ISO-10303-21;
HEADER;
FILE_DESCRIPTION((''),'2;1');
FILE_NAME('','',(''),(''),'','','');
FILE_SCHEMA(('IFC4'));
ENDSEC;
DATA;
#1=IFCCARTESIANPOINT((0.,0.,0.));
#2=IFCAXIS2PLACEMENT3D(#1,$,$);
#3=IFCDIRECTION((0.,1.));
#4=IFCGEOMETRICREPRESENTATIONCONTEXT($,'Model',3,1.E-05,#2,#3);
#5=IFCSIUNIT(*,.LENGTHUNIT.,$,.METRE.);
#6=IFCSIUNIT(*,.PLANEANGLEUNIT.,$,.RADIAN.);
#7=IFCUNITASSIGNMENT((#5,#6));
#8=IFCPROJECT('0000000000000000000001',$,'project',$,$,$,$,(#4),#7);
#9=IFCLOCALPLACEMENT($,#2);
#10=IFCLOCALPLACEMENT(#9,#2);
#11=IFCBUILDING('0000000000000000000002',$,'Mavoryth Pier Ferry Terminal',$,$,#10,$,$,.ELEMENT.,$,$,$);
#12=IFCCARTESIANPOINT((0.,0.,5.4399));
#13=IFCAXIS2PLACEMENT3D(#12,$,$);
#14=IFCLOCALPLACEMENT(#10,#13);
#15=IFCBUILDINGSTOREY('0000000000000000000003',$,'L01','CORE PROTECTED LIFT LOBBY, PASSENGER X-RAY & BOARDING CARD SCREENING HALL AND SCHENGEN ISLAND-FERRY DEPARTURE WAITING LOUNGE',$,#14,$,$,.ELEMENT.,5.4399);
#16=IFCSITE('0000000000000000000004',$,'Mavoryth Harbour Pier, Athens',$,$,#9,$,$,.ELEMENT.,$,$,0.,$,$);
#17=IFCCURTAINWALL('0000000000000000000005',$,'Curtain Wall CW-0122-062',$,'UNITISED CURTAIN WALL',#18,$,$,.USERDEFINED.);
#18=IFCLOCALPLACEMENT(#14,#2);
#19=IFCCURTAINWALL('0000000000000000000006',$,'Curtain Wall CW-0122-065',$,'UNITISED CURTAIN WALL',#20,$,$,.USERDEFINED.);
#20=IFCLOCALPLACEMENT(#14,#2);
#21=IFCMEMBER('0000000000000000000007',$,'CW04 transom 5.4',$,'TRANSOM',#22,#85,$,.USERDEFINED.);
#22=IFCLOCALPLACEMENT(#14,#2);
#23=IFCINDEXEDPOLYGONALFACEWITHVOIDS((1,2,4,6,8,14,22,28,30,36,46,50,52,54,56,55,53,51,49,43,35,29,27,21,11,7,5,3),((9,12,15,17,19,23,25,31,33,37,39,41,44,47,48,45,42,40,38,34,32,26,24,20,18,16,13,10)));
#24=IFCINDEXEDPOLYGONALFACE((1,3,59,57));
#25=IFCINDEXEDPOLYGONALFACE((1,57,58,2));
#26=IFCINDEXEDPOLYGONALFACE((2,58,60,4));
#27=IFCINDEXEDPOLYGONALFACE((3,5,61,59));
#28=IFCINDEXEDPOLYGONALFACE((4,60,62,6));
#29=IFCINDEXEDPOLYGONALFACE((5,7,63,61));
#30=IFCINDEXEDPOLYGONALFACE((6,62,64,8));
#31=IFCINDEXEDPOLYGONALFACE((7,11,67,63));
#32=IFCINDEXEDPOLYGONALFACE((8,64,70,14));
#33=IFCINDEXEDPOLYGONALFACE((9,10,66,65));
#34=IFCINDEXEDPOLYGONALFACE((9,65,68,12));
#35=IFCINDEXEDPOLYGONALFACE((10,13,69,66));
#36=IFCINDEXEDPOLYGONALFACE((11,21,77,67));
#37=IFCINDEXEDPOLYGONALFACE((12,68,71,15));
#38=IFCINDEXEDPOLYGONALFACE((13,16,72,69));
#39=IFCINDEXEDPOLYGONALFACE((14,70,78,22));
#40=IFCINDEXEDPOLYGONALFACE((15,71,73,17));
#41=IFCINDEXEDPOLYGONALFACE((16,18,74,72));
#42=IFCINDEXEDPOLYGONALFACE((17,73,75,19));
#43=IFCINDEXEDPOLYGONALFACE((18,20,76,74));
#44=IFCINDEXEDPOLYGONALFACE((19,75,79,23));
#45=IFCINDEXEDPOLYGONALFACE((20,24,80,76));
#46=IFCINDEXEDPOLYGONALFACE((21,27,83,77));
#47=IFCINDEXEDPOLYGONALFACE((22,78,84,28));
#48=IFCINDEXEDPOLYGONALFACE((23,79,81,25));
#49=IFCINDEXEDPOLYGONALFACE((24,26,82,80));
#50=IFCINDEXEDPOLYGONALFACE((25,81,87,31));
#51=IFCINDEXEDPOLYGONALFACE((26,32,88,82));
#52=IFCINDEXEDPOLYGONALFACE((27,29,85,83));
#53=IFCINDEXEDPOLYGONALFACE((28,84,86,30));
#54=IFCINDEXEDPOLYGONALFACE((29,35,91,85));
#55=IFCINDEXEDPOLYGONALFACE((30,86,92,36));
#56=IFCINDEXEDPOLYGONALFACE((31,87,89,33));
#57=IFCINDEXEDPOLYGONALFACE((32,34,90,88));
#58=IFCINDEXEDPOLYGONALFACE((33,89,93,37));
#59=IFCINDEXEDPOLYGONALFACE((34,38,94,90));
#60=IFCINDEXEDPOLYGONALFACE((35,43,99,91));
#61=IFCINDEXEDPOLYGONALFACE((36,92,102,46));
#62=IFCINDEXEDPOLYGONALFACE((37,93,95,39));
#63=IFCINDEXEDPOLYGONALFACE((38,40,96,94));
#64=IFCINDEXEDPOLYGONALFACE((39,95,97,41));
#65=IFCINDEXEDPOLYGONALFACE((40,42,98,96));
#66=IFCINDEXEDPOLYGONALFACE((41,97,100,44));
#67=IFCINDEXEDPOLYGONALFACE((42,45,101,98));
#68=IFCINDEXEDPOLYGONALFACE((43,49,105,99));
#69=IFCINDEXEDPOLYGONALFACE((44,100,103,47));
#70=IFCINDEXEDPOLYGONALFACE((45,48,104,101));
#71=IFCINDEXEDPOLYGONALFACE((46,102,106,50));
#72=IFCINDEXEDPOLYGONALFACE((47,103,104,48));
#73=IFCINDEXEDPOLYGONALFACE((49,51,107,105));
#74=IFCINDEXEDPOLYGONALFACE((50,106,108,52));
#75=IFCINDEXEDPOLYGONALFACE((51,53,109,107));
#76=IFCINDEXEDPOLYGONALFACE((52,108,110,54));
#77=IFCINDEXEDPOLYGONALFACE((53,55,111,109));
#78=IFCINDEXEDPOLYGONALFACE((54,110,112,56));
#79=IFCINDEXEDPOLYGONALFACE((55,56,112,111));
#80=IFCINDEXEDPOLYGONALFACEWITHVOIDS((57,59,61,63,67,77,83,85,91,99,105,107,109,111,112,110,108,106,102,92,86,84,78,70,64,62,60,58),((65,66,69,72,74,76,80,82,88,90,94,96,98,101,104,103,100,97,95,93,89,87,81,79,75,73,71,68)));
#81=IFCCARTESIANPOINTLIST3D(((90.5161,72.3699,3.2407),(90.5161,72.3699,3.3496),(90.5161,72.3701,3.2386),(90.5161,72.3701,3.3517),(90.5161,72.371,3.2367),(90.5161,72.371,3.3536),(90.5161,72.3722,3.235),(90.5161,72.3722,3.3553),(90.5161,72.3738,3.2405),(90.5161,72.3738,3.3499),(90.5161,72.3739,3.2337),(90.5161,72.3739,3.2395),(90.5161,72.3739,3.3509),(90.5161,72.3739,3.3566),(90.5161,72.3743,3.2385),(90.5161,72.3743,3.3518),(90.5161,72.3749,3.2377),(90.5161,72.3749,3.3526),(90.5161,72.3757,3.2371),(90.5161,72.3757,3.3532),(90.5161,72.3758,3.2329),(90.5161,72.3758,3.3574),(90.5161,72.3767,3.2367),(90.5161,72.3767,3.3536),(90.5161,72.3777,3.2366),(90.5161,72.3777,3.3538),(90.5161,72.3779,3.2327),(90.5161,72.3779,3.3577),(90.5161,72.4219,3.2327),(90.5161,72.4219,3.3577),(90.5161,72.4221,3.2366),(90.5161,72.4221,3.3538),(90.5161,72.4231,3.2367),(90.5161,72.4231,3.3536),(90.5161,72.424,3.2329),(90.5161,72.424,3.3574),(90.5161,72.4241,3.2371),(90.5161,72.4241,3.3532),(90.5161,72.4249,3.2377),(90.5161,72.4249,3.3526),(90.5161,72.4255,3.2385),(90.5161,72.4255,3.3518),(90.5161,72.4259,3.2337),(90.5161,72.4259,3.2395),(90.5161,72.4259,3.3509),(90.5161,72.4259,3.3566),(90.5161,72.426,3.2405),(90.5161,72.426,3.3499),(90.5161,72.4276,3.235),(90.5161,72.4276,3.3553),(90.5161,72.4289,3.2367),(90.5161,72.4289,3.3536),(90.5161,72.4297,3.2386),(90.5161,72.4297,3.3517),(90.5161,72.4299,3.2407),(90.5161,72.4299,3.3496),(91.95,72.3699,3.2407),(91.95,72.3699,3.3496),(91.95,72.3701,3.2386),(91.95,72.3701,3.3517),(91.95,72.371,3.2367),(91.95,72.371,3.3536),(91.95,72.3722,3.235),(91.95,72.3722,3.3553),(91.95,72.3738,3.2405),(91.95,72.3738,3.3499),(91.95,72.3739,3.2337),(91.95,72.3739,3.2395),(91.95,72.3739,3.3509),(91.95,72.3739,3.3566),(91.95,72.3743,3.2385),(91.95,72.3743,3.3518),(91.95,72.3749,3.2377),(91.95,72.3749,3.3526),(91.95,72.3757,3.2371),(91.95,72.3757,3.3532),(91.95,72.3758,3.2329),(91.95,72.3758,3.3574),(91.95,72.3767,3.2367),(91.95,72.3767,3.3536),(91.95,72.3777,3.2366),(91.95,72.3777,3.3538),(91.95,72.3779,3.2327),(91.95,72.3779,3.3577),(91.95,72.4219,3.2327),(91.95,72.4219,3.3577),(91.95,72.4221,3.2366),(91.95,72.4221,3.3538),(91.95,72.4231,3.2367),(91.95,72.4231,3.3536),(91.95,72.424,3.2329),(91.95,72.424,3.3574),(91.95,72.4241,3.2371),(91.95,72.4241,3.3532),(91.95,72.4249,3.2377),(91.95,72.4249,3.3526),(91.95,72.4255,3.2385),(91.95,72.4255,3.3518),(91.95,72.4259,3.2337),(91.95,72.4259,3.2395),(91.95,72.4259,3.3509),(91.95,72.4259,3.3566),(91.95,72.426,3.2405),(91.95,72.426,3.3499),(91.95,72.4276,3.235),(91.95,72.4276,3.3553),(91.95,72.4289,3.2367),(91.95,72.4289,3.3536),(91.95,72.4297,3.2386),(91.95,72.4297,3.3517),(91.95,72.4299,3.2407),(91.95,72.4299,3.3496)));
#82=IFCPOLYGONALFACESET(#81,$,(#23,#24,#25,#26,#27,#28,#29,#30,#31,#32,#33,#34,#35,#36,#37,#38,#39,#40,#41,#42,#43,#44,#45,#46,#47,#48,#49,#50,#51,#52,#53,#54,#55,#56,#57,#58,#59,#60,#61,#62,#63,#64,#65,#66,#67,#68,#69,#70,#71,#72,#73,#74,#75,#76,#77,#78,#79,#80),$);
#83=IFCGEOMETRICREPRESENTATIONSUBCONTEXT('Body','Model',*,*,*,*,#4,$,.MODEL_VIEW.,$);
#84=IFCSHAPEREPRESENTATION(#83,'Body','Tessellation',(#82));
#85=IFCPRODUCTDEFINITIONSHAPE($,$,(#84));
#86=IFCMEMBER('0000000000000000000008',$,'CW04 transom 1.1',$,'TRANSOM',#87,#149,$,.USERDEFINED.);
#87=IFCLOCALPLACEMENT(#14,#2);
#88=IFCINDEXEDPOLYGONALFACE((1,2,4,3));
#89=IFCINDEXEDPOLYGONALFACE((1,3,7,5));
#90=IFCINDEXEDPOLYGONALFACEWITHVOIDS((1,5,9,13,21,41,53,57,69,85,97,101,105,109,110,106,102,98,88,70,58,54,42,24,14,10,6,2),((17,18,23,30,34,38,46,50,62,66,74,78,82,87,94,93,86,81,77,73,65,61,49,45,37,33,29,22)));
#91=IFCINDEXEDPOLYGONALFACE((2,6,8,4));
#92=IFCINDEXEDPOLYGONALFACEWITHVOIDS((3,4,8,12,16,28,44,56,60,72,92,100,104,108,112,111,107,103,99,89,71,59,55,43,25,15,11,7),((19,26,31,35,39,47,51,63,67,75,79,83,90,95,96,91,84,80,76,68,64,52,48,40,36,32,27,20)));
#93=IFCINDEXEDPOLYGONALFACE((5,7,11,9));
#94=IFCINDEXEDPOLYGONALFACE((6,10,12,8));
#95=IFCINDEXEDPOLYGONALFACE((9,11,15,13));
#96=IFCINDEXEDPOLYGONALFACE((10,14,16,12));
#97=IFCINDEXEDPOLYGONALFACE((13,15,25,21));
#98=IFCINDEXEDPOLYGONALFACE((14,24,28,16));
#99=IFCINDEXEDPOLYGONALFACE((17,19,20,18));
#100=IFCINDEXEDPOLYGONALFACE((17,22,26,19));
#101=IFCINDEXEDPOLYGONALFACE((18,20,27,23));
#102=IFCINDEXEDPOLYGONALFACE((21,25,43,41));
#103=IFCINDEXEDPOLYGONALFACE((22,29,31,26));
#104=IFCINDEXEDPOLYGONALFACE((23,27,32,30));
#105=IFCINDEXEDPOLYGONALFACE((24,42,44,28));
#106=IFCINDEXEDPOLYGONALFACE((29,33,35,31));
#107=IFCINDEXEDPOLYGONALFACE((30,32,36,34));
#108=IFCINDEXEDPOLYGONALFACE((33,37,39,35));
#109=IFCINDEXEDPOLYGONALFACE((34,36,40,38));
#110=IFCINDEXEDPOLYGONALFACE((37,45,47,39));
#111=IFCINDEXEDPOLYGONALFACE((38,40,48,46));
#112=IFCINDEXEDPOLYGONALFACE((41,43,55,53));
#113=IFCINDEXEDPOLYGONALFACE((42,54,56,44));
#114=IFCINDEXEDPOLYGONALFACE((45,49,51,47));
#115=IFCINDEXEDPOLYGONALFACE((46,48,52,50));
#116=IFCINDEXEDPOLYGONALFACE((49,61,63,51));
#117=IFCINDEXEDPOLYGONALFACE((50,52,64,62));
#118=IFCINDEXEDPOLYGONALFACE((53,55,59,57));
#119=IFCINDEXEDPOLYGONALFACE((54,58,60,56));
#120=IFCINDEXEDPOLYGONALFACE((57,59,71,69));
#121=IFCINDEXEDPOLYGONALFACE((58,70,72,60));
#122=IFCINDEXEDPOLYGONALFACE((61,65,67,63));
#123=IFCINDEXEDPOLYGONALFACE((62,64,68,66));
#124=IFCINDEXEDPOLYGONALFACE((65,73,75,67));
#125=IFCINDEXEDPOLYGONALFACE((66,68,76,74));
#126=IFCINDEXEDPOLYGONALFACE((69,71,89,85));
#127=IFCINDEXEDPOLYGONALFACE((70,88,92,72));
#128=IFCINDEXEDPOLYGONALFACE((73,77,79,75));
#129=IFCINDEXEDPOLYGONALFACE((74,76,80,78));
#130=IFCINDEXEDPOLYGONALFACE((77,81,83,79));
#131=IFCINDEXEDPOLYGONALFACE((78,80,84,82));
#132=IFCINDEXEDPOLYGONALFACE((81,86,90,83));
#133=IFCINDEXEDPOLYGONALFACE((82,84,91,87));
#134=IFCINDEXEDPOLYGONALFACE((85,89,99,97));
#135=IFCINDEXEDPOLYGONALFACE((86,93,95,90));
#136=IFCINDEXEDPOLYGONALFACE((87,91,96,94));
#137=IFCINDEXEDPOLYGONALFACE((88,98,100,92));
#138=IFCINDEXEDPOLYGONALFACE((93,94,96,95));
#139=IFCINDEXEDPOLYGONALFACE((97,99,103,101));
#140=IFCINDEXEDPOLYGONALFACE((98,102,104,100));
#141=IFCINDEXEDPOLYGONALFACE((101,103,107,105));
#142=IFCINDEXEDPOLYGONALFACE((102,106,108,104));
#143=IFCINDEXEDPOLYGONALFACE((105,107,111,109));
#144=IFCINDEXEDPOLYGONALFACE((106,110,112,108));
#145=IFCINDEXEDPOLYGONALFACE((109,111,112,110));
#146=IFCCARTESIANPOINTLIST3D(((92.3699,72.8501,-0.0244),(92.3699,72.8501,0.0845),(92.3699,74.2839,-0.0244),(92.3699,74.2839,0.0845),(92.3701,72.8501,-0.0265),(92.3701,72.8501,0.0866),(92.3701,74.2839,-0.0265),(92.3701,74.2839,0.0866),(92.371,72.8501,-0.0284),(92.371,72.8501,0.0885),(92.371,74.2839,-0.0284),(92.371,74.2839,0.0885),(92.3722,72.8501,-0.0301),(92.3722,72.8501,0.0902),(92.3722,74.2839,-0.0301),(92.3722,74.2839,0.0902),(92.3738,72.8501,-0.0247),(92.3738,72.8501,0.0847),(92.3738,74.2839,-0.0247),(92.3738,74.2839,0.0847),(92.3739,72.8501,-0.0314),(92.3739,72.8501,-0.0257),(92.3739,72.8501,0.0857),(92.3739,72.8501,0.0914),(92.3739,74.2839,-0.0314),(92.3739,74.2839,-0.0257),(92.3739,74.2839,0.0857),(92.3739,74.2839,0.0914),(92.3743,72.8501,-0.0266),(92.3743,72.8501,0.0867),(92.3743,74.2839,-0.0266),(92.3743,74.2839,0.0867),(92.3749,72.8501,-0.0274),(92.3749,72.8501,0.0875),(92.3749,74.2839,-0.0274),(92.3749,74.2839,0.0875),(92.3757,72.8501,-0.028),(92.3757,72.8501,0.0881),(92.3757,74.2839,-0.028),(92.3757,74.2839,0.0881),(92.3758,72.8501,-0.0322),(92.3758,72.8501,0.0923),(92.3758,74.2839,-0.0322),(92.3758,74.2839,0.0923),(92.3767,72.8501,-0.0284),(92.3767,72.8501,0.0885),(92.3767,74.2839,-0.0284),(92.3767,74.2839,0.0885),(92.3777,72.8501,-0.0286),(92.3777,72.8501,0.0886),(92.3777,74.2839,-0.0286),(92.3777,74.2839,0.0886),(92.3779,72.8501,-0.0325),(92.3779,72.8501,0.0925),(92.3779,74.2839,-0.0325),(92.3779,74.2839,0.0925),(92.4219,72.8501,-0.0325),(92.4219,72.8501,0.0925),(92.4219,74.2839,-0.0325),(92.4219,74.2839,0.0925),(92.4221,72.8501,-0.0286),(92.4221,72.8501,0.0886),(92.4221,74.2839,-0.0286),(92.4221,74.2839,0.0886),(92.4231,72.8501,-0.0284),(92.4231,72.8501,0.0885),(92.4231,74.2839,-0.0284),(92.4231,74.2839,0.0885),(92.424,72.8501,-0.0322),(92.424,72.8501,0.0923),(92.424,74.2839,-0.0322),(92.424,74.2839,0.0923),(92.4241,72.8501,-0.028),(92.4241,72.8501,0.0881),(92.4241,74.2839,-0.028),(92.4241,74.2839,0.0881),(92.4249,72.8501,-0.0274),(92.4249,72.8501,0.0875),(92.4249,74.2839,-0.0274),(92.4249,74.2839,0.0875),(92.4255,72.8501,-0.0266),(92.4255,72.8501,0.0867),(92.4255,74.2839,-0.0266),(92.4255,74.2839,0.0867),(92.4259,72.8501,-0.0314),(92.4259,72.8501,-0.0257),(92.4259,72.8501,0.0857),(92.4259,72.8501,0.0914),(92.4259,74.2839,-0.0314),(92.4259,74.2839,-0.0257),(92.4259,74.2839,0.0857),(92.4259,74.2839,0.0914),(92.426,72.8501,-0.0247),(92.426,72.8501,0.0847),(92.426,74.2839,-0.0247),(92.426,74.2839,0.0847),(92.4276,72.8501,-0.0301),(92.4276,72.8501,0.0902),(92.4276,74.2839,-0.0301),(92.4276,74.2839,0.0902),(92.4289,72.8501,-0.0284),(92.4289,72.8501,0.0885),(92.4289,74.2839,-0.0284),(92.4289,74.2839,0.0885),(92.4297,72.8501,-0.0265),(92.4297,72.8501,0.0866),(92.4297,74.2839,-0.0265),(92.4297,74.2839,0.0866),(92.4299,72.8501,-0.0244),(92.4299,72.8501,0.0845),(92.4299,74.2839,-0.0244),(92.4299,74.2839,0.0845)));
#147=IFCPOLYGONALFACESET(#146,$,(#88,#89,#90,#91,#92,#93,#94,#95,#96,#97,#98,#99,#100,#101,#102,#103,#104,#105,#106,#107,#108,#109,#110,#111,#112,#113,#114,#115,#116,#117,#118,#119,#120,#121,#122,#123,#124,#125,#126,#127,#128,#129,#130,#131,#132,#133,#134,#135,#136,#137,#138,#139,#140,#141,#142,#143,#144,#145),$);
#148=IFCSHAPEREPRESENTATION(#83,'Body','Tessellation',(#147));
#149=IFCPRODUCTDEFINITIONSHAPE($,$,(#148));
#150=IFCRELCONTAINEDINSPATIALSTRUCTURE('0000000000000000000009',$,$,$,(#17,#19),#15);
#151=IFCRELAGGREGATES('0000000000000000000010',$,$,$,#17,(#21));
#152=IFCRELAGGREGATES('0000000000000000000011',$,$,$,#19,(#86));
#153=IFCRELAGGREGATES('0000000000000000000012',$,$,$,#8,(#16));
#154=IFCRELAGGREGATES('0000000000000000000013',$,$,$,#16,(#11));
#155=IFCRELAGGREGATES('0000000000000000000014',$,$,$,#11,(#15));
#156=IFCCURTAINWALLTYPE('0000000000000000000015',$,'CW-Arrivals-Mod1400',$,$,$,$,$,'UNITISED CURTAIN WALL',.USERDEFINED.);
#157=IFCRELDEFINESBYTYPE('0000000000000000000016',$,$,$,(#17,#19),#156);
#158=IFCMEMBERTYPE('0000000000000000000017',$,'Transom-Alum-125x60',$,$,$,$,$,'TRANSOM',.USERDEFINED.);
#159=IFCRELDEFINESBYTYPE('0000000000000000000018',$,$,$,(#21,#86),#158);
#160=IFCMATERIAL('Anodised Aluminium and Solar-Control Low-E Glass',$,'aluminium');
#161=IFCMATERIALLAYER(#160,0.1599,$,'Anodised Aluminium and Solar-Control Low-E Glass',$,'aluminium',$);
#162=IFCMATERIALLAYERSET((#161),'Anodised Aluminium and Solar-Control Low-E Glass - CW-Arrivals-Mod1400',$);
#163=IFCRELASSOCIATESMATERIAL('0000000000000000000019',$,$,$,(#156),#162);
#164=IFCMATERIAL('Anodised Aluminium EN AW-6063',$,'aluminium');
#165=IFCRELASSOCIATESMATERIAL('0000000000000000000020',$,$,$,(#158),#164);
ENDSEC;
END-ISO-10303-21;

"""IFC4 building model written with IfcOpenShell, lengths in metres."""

from ifc_helpers import new_model, si_unit, direction, frame, origin, origin_2d, place, context, subcontext, project, spatial, hollow_rectangle, extrude, material, layer, layer_set, material_profile, profile_set, type_object, element, aggregate, save


model = new_model("IFC4")

# Units and contexts
model_context = context("Model", 3, precision=1e-05, world=origin(), true_north=direction((0.0, 1.0)))
body_context = subcontext(model_context, "Body", "Model", "MODEL_VIEW")
ifc_project = project(units=[si_unit("LENGTHUNIT", "METRE"), si_unit("PLANEANGLEUNIT", "RADIAN")], contexts=[model_context])

# Site, building, storey
site_placement = place(None, origin())
site = spatial("IfcSite", under=ifc_project, at=site_placement, Name="Mavoryth Harbour Pier, Athens", CompositionType="ELEMENT", RefElevation=0.0)
building_placement = place(site_placement, origin())
building = spatial("IfcBuilding", under=site, at=building_placement, Name="Mavoryth Pier Ferry Terminal", CompositionType="ELEMENT")
storey_placement = place(building_placement, frame((0.0, 0.0, 5.4399)))
storey = spatial("IfcBuildingStorey", under=building, at=storey_placement, Name="L01", Description="CORE PROTECTED LIFT LOBBY, PASSENGER X-RAY & BOARDING CARD SCREENING HALL AND SCHENGEN ISLAND-FERRY DEPARTURE WAITING LOUNGE", CompositionType="ELEMENT", Elevation=5.4399)

# Curtain walls
ifc_material_1 = material(Name="Anodised Aluminium and Solar-Control Low-E Glass", Category="aluminium")
ifc_layer_1 = layer(ifc_material_1, 0.1599, Name="Anodised Aluminium and Solar-Control Low-E Glass", Category="aluminium")
ifc_layer_set_1 = layer_set([ifc_layer_1], Name="Anodised Aluminium and Solar-Control Low-E Glass - CW-Arrivals-Mod1400")
curtain_wall_type = type_object("IfcCurtainWallType", Name="CW-Arrivals-Mod1400", ElementType="UNITISED CURTAIN WALL", PredefinedType="USERDEFINED", material=ifc_layer_set_1)
curtain_wall_1_placement = place(storey_placement, origin())
curtain_wall_1 = element("IfcCurtainWall", 1, at=curtain_wall_1_placement, inside=storey, type_object=curtain_wall_type, Name="Curtain Wall CW-0122-062", ObjectType="UNITISED CURTAIN WALL", PredefinedType="USERDEFINED")
ifc_material_2 = material(Name="Anodised Aluminium EN AW-6063", Category="aluminium")
curtain_wall_2_placement = place(storey_placement, origin())
curtain_wall_2 = element("IfcCurtainWall", 2, at=curtain_wall_2_placement, inside=storey, type_object=curtain_wall_type, Name="Curtain Wall CW-0122-065", ObjectType="UNITISED CURTAIN WALL", PredefinedType="USERDEFINED")

# Members
ifc_material_profile_1 = material_profile(ifc_material_2, hollow_rectangle(XDim=0.0601, YDim=0.125, WallThickness=0.0039, InnerFilletRadius=0.0039, OuterFilletRadius=0.0081, at=origin_2d()), Name="AL-TRAN 125x60x4", Category="aluminium")
ifc_profile_set_1 = profile_set([ifc_material_profile_1], Name="Anodised Aluminium EN AW-6063 - AL-TRAN 125x60x4")
member_type_1 = type_object("IfcMemberType", Name="Transom-Alum-125x60", ElementType="TRANSOM", PredefinedType="USERDEFINED", material=ifc_profile_set_1)
member_1_placement = place(storey_placement, frame((90.5161, 72.3999, 3.2952), z_axis=(1.0, 0.0, 0.0), x_axis=(0.0, 1.0, 0.0)))
member_1 = element("IfcMember", 3, at=member_1_placement, type_object=member_type_1, Name="CW04 transom 5.4", ObjectType="TRANSOM", PredefinedType="USERDEFINED", context=body_context, shape_type="SweptSolid", body=[
    extrude(hollow_rectangle(XDim=0.0601, YDim=0.125, WallThickness=0.0039, InnerFilletRadius=0.0039, OuterFilletRadius=0.0081, at=origin_2d()), origin(), (0.0, 0.0, 1.0), 1.4338),
])
member_2_placement = place(storey_placement, frame((92.3999, 72.8501, 0.03), z_axis=(0.0, 1.0, 0.0), x_axis=(-1.0, 0.0, 0.0)))
member_2 = element("IfcMember", 4, at=member_2_placement, type_object=member_type_1, Name="CW04 transom 1.1", ObjectType="TRANSOM", PredefinedType="USERDEFINED", context=body_context, shape_type="SweptSolid", body=[
    extrude(hollow_rectangle(XDim=0.0601, YDim=0.125, WallThickness=0.0039, InnerFilletRadius=0.0039, OuterFilletRadius=0.0081, at=origin_2d()), origin(), (0.0, 0.0, 1.0), 1.4338),
])

aggregate(curtain_wall_1, [member_1])
aggregate(curtain_wall_2, [member_2])

save(model, "model.ifc")
